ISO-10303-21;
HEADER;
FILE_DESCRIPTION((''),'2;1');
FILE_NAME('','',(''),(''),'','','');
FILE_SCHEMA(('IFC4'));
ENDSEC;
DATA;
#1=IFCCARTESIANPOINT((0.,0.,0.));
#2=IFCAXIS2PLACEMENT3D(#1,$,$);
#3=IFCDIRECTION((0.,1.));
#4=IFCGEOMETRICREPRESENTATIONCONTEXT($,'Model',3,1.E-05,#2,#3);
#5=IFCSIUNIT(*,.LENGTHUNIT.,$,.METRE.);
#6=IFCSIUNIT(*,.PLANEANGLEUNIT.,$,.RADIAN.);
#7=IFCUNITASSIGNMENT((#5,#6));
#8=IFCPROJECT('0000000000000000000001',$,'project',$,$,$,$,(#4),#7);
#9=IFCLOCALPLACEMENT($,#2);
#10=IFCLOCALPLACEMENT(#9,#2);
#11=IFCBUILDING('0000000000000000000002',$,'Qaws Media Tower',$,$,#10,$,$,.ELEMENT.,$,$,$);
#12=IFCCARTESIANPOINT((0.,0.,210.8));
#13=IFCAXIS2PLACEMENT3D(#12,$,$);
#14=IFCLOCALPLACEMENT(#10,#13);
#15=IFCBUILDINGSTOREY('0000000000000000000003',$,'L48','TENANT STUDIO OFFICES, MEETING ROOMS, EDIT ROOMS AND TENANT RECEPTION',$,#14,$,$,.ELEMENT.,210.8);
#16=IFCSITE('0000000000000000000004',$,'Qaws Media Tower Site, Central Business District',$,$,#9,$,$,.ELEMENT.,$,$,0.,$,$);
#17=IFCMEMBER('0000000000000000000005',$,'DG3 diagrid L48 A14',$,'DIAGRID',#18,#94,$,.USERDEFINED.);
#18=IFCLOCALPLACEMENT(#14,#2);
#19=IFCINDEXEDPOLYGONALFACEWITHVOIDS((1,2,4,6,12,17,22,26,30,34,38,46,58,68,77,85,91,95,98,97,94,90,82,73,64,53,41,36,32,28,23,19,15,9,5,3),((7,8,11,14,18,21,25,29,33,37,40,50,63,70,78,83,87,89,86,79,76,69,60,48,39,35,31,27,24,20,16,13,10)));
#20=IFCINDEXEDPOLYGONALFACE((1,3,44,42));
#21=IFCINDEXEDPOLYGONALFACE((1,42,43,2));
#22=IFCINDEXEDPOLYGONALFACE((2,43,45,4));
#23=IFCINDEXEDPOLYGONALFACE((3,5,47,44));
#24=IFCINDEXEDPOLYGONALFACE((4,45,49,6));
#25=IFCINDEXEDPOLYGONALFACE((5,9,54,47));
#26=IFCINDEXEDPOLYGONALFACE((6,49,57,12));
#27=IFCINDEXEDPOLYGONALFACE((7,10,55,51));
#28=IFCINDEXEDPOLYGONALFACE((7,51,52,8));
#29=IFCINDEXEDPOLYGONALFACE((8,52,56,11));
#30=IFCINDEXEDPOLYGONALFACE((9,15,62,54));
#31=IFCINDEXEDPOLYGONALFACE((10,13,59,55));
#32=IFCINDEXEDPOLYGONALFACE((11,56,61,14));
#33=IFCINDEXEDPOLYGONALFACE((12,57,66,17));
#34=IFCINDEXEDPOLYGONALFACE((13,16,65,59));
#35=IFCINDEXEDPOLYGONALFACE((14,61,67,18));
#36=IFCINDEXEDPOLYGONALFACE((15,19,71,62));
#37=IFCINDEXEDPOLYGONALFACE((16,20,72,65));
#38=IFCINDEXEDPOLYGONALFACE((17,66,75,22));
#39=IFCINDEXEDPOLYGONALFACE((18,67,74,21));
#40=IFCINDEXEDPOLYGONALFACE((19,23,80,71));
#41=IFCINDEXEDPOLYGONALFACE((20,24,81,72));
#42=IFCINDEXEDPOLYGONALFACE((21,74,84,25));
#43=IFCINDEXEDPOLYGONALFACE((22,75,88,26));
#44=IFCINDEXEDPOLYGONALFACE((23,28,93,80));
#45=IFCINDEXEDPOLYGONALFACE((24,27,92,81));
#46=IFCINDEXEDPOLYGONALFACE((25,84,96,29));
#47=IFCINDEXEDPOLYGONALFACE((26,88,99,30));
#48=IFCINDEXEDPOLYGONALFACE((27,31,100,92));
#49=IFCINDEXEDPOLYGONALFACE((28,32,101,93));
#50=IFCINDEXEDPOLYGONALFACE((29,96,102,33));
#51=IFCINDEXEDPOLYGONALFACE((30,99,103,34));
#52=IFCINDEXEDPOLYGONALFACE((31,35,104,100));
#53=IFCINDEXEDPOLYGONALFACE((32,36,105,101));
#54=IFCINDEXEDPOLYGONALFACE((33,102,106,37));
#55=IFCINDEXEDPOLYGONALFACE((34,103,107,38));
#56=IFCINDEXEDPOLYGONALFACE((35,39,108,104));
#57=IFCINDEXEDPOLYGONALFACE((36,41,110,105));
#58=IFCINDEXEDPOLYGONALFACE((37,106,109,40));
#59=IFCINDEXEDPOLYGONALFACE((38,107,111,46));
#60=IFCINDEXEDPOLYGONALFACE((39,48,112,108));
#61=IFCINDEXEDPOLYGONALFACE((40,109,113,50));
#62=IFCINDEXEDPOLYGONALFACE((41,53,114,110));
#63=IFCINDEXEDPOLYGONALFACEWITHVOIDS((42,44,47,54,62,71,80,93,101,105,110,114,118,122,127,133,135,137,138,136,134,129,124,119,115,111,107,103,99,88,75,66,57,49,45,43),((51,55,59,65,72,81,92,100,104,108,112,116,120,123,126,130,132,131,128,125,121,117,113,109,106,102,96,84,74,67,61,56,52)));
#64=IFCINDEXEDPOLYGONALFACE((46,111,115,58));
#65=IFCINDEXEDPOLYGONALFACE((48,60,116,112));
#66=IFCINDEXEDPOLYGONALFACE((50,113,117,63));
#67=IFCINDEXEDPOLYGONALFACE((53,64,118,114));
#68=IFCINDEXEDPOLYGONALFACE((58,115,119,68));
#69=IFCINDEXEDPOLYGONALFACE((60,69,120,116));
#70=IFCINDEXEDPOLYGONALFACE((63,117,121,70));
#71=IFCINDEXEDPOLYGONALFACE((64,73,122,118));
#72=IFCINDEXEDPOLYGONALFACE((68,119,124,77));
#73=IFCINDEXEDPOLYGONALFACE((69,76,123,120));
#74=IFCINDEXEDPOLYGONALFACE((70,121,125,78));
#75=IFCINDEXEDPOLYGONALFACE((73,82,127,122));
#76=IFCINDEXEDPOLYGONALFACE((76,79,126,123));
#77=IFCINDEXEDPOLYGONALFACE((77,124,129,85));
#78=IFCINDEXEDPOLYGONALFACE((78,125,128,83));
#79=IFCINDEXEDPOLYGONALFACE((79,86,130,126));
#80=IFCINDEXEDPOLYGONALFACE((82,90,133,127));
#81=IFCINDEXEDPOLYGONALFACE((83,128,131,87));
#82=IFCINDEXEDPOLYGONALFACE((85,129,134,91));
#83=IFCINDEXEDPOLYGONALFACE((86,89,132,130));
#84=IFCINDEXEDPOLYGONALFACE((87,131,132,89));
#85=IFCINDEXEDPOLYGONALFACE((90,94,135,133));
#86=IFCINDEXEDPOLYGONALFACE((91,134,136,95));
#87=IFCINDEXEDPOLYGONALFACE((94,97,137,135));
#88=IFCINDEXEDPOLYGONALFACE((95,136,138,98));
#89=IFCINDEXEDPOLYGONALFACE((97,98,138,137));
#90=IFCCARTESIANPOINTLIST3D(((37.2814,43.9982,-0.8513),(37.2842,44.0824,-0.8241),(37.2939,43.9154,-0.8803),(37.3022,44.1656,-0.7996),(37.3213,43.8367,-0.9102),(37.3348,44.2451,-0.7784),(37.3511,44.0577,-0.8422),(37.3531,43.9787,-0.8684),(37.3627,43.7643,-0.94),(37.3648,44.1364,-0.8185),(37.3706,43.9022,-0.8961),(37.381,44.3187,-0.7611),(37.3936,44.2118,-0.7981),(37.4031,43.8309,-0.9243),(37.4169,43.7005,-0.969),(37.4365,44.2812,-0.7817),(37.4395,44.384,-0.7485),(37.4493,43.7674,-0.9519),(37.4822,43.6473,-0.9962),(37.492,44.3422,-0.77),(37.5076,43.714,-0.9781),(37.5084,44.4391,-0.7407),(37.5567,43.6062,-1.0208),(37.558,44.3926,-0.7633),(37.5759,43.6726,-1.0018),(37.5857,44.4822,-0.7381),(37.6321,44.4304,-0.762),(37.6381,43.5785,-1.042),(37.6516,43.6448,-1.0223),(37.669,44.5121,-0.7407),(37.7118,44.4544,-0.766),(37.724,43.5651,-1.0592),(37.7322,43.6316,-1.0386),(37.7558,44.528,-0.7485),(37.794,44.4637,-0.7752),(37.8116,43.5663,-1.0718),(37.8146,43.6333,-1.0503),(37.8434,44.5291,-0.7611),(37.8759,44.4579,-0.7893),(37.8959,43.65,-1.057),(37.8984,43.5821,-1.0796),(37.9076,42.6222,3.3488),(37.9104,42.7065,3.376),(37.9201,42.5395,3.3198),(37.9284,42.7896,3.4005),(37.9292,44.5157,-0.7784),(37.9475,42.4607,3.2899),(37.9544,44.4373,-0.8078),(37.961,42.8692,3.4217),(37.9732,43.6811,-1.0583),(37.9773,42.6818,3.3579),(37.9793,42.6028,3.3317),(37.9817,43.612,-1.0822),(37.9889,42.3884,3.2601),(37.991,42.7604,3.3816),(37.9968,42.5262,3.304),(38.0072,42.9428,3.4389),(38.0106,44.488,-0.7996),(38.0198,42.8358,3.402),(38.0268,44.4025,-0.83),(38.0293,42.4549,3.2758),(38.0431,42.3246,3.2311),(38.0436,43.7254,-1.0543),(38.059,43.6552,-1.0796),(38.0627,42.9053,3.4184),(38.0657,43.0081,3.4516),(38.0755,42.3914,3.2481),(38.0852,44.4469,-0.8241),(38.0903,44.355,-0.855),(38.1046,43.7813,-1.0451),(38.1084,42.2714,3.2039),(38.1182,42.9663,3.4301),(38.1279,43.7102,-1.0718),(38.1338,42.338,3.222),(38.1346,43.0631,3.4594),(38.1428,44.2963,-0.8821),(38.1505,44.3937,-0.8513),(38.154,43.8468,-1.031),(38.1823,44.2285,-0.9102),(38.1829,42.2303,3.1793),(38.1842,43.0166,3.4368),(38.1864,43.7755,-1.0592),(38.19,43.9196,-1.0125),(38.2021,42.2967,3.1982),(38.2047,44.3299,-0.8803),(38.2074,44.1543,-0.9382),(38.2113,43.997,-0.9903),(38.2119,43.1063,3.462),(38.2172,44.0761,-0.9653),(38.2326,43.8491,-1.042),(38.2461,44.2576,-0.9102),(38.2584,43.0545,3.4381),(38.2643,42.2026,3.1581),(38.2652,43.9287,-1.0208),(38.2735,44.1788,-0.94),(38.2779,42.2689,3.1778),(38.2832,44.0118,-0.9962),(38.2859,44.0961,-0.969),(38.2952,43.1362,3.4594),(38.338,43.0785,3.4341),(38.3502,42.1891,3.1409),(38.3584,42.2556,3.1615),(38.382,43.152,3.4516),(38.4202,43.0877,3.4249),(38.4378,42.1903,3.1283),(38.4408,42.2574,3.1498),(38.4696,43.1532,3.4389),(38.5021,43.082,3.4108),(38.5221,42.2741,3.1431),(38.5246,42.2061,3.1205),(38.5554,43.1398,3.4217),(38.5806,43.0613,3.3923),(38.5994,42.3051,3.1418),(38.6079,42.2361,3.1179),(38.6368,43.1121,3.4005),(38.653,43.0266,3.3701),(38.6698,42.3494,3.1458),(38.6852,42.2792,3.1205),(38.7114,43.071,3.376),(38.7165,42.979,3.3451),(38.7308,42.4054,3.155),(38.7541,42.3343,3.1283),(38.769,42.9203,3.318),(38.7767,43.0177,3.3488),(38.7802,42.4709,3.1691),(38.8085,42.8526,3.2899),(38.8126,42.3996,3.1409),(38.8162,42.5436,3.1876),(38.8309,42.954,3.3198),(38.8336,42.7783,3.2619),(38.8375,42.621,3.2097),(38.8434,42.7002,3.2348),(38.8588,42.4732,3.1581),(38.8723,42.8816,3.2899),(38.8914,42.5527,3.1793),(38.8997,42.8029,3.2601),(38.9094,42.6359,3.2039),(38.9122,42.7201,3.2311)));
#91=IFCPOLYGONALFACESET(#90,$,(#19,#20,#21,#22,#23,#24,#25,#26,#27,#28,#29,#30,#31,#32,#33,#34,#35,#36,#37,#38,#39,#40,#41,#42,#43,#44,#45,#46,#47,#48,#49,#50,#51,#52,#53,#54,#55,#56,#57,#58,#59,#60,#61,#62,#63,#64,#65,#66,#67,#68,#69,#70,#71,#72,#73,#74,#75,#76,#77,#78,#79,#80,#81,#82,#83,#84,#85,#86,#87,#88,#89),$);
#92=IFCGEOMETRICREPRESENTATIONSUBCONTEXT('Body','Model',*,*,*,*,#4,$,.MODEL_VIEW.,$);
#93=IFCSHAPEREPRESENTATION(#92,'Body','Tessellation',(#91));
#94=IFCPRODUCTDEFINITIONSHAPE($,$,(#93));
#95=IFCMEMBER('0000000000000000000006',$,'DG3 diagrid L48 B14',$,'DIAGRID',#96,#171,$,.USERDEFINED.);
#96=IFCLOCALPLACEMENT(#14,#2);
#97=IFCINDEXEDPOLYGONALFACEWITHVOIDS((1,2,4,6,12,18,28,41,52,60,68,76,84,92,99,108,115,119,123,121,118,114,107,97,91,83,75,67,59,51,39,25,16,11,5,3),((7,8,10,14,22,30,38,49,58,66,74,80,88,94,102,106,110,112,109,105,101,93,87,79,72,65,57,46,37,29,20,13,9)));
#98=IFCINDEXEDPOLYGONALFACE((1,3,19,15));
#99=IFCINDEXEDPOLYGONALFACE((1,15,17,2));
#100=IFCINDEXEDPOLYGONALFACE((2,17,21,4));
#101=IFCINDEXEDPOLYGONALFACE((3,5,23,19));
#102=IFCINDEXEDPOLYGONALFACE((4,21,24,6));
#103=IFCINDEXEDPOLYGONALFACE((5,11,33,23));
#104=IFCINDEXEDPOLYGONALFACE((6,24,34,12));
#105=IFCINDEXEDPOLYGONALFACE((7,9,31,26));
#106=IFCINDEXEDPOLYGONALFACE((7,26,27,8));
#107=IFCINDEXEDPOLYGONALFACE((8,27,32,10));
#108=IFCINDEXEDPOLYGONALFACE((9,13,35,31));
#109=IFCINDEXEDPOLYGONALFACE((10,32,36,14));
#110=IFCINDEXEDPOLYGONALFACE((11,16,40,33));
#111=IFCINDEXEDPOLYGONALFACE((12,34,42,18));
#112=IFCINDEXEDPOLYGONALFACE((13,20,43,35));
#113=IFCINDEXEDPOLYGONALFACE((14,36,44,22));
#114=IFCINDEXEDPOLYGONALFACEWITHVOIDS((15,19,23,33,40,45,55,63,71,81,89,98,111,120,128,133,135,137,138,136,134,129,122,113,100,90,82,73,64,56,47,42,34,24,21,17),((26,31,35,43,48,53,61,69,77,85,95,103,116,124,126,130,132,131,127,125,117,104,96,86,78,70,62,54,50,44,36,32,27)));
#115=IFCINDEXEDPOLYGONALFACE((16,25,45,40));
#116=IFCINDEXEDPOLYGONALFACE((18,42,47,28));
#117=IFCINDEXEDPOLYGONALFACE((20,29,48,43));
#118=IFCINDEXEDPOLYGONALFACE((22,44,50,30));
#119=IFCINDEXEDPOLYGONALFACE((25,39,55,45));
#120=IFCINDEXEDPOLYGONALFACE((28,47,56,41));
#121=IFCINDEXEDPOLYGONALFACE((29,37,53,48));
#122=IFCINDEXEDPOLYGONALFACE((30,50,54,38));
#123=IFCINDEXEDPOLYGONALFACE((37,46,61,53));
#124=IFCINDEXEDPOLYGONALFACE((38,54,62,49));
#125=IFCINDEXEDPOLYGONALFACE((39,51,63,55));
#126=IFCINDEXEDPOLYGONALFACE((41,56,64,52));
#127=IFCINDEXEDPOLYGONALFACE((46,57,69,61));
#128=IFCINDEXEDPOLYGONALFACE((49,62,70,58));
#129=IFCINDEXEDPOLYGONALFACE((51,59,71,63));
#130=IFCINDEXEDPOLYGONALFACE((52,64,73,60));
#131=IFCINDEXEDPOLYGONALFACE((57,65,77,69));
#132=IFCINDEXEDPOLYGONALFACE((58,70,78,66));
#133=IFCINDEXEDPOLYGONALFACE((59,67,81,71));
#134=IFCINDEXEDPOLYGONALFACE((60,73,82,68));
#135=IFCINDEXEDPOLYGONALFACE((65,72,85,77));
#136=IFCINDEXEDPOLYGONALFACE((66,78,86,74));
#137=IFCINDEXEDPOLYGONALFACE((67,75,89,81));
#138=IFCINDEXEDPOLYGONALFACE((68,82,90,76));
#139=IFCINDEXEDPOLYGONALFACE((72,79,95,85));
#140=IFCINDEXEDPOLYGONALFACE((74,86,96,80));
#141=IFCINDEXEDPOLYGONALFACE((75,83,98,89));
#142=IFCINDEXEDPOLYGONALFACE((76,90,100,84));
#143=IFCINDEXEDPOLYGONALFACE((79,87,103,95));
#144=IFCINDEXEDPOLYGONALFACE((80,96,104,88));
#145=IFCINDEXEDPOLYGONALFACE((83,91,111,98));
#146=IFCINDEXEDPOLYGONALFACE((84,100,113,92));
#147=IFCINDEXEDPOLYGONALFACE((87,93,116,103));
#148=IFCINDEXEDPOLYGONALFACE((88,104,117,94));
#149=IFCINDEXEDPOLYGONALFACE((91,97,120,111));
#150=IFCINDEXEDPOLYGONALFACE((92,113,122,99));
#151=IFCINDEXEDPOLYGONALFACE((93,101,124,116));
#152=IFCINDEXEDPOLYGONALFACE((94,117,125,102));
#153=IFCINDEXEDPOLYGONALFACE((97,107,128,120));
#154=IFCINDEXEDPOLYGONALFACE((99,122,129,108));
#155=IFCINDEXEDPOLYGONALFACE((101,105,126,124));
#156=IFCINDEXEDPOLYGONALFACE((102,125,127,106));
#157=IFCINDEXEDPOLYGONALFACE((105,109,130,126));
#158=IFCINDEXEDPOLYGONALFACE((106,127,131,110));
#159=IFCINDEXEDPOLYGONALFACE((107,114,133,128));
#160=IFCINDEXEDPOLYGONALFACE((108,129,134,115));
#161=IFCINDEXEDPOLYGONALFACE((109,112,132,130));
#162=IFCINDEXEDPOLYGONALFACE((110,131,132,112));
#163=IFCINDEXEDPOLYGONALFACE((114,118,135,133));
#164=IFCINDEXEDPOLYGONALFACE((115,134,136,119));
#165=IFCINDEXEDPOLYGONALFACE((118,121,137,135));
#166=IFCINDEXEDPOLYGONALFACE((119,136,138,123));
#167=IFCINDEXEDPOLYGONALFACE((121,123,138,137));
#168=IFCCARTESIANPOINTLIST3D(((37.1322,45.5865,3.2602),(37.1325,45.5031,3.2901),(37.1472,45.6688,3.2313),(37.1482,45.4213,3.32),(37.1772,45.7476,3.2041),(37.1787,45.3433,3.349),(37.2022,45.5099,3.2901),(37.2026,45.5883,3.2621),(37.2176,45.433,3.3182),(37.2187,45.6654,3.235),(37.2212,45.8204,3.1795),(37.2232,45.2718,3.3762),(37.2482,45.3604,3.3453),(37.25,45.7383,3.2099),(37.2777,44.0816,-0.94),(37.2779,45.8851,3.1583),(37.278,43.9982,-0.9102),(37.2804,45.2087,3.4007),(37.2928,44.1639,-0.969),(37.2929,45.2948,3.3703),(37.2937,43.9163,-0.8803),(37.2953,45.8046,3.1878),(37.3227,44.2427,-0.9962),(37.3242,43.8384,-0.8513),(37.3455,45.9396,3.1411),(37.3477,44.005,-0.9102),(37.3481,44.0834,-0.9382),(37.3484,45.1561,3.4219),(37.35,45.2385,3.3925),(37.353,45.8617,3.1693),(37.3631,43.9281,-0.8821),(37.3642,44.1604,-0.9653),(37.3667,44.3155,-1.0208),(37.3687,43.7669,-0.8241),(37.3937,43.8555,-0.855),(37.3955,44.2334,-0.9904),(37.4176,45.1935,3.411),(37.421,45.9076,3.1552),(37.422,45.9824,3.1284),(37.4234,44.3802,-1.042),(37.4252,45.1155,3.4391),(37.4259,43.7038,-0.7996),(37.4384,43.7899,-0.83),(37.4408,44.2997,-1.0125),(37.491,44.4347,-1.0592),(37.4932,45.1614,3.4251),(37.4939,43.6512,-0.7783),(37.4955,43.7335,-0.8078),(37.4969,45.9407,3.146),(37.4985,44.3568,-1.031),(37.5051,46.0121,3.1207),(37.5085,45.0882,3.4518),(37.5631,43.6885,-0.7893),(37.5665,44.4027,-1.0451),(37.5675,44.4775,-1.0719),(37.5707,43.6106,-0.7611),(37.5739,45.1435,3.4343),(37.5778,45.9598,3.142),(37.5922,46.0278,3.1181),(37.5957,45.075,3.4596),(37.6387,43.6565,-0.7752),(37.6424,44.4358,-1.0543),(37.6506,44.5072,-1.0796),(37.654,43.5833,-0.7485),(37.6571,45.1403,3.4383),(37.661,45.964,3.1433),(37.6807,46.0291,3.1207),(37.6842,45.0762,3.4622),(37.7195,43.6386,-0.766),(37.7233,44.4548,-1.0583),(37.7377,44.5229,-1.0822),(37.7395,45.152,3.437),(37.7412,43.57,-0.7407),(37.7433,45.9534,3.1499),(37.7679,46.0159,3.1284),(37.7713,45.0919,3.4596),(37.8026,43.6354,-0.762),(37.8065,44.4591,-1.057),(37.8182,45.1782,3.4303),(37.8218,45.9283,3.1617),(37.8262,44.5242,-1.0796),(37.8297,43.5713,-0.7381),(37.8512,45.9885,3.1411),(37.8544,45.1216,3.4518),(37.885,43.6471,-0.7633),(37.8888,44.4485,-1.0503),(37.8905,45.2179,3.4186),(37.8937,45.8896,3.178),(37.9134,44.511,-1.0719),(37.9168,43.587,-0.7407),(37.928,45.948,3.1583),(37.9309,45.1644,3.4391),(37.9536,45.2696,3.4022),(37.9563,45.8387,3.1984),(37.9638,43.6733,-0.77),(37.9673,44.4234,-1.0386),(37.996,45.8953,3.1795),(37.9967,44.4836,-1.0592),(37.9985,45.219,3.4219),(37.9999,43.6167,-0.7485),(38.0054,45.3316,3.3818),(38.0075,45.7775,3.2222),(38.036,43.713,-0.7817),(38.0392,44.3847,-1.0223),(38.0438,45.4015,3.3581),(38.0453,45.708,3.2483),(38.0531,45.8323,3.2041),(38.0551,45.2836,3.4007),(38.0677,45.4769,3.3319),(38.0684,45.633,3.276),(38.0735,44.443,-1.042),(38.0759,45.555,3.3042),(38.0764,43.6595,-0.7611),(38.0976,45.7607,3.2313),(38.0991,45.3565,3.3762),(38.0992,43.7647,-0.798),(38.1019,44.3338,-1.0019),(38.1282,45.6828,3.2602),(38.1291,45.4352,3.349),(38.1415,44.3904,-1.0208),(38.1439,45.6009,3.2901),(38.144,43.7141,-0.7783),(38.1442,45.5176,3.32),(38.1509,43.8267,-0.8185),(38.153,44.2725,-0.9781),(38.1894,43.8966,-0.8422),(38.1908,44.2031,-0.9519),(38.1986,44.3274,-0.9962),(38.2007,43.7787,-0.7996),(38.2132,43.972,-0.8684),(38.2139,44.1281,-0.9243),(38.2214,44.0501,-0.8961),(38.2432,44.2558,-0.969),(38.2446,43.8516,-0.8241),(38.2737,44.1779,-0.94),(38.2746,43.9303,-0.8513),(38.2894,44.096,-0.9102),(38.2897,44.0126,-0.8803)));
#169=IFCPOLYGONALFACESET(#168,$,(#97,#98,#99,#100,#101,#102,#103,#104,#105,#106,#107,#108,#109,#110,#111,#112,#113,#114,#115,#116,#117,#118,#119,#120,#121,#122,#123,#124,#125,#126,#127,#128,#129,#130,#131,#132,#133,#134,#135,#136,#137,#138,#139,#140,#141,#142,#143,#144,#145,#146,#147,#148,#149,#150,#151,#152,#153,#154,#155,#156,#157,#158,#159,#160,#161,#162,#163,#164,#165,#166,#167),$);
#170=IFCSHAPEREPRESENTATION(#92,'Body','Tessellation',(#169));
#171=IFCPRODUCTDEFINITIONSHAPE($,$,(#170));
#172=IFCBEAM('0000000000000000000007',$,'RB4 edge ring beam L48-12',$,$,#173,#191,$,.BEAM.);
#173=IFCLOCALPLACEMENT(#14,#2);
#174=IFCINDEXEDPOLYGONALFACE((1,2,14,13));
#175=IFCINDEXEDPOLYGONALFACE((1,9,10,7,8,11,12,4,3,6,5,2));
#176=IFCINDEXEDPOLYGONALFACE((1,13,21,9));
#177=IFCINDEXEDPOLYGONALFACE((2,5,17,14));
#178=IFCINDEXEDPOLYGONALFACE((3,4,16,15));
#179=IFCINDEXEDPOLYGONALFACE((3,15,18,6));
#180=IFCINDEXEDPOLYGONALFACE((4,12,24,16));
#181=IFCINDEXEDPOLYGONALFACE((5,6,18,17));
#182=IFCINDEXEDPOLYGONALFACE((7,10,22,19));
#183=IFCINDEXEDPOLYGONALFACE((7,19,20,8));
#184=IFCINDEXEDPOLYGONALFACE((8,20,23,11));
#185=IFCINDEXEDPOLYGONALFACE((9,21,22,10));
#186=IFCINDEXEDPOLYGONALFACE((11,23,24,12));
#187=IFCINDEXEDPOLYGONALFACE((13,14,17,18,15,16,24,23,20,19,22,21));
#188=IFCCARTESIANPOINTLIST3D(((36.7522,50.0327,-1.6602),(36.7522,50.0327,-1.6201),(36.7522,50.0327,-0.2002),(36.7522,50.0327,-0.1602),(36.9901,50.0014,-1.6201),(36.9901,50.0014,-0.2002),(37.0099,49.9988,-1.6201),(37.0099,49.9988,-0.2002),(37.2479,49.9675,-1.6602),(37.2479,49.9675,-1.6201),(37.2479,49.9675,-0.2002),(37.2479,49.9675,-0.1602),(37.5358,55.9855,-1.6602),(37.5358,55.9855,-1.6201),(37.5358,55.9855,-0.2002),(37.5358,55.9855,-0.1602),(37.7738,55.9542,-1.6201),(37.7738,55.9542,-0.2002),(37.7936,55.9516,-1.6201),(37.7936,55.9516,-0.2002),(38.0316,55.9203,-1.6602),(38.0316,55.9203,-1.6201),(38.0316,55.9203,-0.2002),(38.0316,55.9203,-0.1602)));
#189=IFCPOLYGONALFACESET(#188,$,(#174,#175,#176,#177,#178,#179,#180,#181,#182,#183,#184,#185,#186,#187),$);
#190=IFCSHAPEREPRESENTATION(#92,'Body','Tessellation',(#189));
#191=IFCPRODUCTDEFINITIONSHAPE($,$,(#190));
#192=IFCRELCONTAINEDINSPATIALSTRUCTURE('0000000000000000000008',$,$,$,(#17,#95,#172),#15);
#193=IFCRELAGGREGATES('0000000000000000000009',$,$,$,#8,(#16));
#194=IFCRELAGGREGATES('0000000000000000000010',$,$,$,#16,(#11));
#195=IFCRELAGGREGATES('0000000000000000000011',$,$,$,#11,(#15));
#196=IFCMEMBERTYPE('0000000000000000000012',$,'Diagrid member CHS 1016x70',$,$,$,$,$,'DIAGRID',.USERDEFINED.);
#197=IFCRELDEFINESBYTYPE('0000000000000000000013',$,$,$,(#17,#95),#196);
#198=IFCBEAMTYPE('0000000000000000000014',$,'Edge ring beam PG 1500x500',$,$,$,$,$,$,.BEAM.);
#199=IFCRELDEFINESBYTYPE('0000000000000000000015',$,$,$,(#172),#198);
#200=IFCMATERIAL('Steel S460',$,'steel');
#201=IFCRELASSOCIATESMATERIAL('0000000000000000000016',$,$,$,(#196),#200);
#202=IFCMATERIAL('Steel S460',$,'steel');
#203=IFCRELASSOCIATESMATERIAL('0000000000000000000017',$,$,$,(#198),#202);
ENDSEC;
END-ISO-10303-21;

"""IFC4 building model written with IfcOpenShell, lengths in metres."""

from ifc_helpers import new_model, si_unit, direction, frame, origin, origin_2d, place, context, subcontext, project, spatial, hollow_circle, i_section, extrude, material, material_profile, profile_set, type_object, element, save


model = new_model("IFC4")

# Units and contexts
model_context = context("Model", 3, precision=1e-05, world=origin(), true_north=direction((0.0, 1.0)))
body_context = subcontext(model_context, "Body", "Model", "MODEL_VIEW")
ifc_project = project(units=[si_unit("LENGTHUNIT", "METRE"), si_unit("PLANEANGLEUNIT", "RADIAN")], contexts=[model_context])

# Site, building, storey
site_placement = place(None, origin())
site = spatial("IfcSite", under=ifc_project, at=site_placement, Name="Qaws Media Tower Site, Central Business District", CompositionType="ELEMENT", RefElevation=0.0)
building_placement = place(site_placement, origin())
building = spatial("IfcBuilding", under=site, at=building_placement, Name="Qaws Media Tower", CompositionType="ELEMENT")
storey_placement = place(building_placement, frame((0.0, 0.0, 210.8)))
storey = spatial("IfcBuildingStorey", under=building, at=storey_placement, Name="L48", Description="TENANT STUDIO OFFICES, MEETING ROOMS, EDIT ROOMS AND TENANT RECEPTION", CompositionType="ELEMENT", Elevation=210.8)

# Members
ifc_material_1 = material(Name="Steel S460", Category="steel")
ifc_material_profile_1 = material_profile(ifc_material_1, hollow_circle(Radius=0.5081, WallThickness=0.0701, at=origin_2d()), Name="CHS 1016x70")
ifc_profile_set_1 = profile_set([ifc_material_profile_1], Name="Steel S460")
member_type_1 = type_object("IfcMemberType", Name="Diagrid member CHS 1016x70", ElementType="DIAGRID", PredefinedType="USERDEFINED", material=ifc_profile_set_1)
member_1_placement = place(storey_placement, frame((37.7837, 44.0471, -0.9102), z_axis=(0.140283, -0.30824, 0.940908), x_axis=(0.910173, 0.414229, 0.0)))
element("IfcMember", 1, at=member_1_placement, inside=storey, type_object=member_type_1, Name="DG3 diagrid L48 A14", ObjectType="DIAGRID", PredefinedType="USERDEFINED", context=body_context, shape_type="SweptSolid", body=[
    extrude(hollow_circle(Radius=0.5081, WallThickness=0.0701, at=origin_2d()), origin(), (0.0, 0.0, 1.0), 4.4639),
])
member_2_placement = place(storey_placement, frame((37.7837, 44.0471, -0.9102), z_axis=(-0.032596, 0.337114, 0.940899), x_axis=(-0.995358, -0.096242, 0.0)))
element("IfcMember", 2, at=member_2_placement, inside=storey, type_object=member_type_1, Name="DG3 diagrid L48 B14", ObjectType="DIAGRID", PredefinedType="USERDEFINED", context=body_context, shape_type="SweptSolid", body=[
    extrude(hollow_circle(Radius=0.5081, WallThickness=0.0701, at=origin_2d()), origin(), (0.0, 0.0, 1.0), 4.4641),
])

# Beam
ifc_material_2 = material(Name="Steel S460", Category="steel")
ifc_material_profile_2 = material_profile(ifc_material_2, i_section(OverallWidth=0.5, OverallDepth=1.5, WebThickness=0.02, FlangeThickness=0.04, at=origin_2d()), Name="PG 1500x500")
ifc_profile_set_2 = profile_set([ifc_material_profile_2], Name="Steel S460")
beam_type = type_object("IfcBeamType", Name="Edge ring beam PG 1500x500", PredefinedType="BEAM", material=ifc_profile_set_2)
for number, where, z_axis, x_axis, name in (
    (3, (37.7837, 55.9529, -0.9102), (-0.130523, -0.991445, 0.0), (0.991445, -0.130523, 0.0), "RB4 edge ring beam L48-12"),
):
    element("IfcBeam", number, at=place(storey_placement, frame(where, z_axis=z_axis, x_axis=x_axis)), inside=storey, type_object=beam_type, Name=name, PredefinedType="BEAM", context=body_context, shape_type="SweptSolid", body=[
        extrude(i_section(OverallWidth=0.5, OverallDepth=1.5, WebThickness=0.02, FlangeThickness=0.04, at=origin_2d()), origin(), (0.0, 0.0, 1.0), 6.0042),
    ])

save(model, "model.ifc")
